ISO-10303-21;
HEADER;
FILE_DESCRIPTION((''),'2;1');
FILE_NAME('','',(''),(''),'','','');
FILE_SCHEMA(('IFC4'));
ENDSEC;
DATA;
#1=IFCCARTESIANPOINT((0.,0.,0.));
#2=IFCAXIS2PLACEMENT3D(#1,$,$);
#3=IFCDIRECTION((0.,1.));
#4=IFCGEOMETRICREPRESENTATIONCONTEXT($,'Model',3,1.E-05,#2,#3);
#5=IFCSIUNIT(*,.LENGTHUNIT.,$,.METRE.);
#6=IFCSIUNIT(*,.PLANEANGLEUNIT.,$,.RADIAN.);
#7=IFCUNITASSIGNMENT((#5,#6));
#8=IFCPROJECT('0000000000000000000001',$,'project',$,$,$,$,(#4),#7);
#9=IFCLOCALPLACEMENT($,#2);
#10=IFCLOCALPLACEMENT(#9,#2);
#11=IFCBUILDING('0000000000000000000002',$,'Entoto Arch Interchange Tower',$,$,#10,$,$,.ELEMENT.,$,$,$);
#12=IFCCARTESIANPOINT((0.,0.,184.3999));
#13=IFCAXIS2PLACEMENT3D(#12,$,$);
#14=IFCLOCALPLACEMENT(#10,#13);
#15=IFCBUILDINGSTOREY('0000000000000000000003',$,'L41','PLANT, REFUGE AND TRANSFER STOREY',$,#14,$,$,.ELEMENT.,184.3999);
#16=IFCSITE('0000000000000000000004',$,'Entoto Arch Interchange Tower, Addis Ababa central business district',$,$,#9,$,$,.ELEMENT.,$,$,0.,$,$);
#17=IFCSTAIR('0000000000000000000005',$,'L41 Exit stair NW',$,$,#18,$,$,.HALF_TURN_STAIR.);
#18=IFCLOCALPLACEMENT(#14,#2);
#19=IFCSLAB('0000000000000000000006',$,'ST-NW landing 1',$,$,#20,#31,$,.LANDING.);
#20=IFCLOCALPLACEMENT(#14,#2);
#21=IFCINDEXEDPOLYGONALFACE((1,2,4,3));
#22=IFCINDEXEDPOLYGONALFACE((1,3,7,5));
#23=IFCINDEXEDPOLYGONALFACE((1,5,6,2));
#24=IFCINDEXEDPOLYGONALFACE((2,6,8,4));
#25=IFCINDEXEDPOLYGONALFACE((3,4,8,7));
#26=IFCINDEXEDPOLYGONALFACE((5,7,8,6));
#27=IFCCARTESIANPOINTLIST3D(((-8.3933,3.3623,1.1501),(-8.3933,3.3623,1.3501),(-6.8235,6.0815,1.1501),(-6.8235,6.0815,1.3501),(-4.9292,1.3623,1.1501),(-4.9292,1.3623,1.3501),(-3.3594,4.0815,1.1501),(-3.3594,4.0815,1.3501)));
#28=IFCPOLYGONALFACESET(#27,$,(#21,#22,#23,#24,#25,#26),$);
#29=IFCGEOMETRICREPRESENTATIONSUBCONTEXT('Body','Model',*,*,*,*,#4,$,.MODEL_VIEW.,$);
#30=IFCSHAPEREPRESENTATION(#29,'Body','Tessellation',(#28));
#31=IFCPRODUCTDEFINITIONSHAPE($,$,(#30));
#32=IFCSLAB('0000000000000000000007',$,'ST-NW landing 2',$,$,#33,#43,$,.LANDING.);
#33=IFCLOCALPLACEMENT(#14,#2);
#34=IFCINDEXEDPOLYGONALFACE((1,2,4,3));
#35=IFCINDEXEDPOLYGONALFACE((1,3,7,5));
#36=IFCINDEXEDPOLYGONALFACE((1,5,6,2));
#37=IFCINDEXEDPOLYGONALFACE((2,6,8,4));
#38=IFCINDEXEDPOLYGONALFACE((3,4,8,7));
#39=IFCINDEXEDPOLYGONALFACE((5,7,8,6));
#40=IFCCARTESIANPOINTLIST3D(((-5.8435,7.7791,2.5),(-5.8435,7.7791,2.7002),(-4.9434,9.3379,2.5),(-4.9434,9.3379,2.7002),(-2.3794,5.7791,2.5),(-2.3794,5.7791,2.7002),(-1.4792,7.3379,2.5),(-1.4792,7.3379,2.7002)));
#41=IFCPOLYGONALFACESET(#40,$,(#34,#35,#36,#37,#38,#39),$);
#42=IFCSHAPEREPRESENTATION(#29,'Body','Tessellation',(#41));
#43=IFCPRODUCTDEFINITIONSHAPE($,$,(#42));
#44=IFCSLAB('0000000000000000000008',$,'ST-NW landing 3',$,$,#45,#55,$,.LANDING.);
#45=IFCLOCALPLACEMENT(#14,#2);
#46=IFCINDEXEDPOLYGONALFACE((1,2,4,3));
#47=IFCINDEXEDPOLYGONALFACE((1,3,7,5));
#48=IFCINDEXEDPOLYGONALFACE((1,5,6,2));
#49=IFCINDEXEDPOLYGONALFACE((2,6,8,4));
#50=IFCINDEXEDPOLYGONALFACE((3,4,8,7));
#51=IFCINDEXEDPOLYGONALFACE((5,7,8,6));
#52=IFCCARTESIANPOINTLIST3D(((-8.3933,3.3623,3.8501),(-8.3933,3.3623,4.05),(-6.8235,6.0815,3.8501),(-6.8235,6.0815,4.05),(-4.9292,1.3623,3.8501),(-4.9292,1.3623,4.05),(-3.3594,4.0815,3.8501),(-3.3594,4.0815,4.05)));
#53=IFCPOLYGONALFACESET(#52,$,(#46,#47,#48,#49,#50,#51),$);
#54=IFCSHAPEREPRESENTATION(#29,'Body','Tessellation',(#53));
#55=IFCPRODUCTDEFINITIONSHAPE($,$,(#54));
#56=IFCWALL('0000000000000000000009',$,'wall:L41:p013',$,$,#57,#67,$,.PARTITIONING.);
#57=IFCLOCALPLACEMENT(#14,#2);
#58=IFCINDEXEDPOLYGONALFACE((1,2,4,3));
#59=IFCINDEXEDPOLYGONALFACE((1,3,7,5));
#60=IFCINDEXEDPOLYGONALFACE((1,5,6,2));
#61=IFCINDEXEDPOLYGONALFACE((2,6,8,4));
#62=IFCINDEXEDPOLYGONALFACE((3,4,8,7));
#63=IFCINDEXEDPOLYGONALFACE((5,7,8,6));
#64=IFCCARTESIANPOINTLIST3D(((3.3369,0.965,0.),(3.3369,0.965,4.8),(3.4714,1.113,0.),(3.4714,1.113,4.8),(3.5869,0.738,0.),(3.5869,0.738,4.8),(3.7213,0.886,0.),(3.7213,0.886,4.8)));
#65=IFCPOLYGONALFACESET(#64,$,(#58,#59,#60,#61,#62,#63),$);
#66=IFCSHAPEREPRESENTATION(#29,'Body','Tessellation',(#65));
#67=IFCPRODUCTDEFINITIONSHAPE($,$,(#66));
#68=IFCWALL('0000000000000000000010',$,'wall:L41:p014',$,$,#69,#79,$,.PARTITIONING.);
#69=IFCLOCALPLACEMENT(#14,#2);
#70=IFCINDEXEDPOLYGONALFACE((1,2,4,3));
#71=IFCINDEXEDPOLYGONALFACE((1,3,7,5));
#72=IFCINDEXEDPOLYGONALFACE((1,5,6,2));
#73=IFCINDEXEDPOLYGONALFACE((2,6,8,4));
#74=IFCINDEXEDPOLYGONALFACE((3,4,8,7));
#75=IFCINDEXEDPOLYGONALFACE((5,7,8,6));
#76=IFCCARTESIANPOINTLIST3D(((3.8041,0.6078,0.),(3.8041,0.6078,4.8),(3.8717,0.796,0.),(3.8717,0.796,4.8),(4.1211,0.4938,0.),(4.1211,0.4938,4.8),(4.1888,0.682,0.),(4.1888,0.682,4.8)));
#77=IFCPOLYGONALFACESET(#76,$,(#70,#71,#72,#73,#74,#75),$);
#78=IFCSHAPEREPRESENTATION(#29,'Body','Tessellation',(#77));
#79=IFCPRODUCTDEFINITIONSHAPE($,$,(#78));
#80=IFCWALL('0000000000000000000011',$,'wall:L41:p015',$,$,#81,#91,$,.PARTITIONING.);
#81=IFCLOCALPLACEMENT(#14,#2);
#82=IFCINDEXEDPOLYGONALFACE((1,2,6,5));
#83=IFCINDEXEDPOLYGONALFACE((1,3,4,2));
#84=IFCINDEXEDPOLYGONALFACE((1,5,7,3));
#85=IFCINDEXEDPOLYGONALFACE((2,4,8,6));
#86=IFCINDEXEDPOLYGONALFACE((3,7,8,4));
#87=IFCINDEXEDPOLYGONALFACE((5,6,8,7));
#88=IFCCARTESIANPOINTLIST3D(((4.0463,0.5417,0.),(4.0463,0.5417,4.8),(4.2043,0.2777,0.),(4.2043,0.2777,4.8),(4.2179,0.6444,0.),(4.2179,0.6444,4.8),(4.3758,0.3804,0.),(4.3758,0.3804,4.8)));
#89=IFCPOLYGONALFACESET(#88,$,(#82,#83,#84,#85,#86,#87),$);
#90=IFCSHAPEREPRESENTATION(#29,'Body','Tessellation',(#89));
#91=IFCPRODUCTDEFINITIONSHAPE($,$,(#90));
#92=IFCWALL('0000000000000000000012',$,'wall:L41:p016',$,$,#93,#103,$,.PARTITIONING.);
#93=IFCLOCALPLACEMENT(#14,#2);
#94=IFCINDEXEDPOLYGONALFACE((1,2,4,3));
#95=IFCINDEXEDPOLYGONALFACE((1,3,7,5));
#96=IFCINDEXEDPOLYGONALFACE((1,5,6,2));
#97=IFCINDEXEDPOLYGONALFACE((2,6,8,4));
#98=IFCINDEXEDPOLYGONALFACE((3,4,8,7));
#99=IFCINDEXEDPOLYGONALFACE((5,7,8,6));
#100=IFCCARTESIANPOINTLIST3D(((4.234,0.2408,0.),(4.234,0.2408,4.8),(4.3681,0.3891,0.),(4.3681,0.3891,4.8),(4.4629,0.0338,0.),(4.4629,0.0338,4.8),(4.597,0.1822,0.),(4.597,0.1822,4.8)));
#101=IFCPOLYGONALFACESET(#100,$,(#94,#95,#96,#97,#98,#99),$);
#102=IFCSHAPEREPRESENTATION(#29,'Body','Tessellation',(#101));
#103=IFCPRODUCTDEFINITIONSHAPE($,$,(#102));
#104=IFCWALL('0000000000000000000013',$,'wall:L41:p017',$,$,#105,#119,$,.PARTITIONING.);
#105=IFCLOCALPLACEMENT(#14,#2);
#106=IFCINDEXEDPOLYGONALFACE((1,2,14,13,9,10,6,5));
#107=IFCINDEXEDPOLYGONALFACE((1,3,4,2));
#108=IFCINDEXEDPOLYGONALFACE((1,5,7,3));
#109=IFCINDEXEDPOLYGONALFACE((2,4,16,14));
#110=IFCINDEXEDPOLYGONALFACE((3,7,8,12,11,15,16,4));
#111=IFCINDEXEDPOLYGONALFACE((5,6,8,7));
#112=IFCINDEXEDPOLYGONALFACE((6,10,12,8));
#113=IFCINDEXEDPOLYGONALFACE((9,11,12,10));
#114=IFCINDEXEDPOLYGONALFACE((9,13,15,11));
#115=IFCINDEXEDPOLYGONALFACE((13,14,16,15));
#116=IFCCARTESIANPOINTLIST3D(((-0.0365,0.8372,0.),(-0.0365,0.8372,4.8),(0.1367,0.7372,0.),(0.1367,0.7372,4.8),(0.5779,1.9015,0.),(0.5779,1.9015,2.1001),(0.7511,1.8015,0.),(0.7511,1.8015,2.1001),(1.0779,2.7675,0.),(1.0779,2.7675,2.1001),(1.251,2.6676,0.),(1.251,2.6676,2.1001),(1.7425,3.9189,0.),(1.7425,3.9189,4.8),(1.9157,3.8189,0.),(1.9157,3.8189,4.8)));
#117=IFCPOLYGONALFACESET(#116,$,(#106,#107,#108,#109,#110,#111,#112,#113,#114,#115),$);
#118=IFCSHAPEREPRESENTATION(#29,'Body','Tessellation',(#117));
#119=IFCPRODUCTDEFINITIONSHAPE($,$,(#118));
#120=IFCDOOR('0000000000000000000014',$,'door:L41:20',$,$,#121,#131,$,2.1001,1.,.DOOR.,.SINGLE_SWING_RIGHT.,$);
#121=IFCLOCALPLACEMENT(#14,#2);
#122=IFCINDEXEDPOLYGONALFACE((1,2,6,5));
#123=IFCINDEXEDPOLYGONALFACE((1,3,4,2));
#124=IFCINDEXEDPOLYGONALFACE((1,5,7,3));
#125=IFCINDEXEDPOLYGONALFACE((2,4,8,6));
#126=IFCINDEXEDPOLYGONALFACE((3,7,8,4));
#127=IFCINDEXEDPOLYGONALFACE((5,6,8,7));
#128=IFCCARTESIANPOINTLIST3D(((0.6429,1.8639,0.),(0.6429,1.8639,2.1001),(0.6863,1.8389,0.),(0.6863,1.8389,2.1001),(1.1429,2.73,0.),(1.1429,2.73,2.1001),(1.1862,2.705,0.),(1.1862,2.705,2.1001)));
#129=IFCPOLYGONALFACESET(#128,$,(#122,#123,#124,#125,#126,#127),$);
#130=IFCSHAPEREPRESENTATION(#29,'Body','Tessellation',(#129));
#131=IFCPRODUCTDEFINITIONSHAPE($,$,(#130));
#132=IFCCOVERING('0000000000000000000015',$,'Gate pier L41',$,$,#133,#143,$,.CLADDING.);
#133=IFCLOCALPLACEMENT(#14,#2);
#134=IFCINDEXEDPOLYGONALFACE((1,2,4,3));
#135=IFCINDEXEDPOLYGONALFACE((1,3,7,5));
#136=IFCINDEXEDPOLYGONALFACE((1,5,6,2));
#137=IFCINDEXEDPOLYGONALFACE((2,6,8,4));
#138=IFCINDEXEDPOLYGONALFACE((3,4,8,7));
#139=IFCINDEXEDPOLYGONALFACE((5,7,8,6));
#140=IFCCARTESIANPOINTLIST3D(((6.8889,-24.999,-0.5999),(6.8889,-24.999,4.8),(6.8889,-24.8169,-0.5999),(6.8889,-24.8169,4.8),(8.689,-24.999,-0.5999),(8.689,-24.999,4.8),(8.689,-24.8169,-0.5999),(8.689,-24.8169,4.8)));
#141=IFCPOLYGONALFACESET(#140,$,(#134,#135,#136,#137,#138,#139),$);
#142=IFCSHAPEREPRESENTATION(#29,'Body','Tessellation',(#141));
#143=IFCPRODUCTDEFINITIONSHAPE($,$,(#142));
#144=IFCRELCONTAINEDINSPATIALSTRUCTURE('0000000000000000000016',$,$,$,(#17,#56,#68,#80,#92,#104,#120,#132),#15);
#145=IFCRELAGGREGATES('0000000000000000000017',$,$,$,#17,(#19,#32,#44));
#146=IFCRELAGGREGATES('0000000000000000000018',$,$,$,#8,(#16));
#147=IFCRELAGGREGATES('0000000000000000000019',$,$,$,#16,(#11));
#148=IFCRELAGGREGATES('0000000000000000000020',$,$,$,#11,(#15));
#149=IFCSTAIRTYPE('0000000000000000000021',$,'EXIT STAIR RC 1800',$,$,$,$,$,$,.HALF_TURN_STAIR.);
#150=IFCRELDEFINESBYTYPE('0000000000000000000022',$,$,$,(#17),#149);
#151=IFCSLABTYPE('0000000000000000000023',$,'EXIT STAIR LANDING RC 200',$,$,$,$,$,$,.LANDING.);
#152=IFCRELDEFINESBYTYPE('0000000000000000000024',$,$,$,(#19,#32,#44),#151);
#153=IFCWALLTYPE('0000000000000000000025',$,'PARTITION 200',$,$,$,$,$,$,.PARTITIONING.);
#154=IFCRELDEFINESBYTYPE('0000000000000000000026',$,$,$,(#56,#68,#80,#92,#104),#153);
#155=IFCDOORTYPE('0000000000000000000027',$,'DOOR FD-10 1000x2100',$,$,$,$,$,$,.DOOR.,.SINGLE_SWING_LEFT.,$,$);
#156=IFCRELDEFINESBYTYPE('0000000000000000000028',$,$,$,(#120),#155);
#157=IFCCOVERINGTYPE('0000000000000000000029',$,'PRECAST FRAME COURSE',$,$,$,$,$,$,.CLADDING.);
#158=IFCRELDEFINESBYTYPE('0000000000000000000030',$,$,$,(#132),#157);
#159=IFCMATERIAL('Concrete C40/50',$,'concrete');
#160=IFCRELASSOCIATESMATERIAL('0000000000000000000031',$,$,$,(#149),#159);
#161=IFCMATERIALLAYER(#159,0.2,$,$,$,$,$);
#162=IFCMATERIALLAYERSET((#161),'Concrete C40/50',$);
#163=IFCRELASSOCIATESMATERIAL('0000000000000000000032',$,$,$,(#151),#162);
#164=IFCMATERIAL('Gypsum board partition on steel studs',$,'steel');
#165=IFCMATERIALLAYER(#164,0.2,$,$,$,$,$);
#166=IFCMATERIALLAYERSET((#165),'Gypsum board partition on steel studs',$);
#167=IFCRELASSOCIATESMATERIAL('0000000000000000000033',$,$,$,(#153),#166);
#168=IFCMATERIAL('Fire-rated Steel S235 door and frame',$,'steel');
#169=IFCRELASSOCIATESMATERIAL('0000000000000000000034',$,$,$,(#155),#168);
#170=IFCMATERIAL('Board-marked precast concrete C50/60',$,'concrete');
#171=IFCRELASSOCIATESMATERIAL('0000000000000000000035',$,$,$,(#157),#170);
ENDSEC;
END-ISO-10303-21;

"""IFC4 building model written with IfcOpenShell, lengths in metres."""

from ifc_helpers import new_model, si_unit, direction, frame, frame_2d, origin, place, context, subcontext, project, spatial, polyline, rectangle, outline, extrude, material, layer, layer_set, type_object, element, fill, aggregate, save


model = new_model("IFC4")

# Units and contexts
model_context = context("Model", 3, precision=1e-05, world=origin(), true_north=direction((0.0, 1.0)))
body_context = subcontext(model_context, "Body", "Model", "MODEL_VIEW")
ifc_project = project(units=[si_unit("LENGTHUNIT", "METRE"), si_unit("PLANEANGLEUNIT", "RADIAN")], contexts=[model_context])

# Site, building, storey
site_placement = place(None, origin())
site = spatial("IfcSite", under=ifc_project, at=site_placement, Name="Entoto Arch Interchange Tower, Addis Ababa central business district", CompositionType="ELEMENT", RefElevation=0.0)
building_placement = place(site_placement, origin())
building = spatial("IfcBuilding", under=site, at=building_placement, Name="Entoto Arch Interchange Tower", CompositionType="ELEMENT")
storey_placement = place(building_placement, frame((0.0, 0.0, 184.3999)))
storey = spatial("IfcBuildingStorey", under=building, at=storey_placement, Name="L41", Description="PLANT, REFUGE AND TRANSFER STOREY", CompositionType="ELEMENT", Elevation=184.3999)

# Shared definitions
ifc_material_1 = material(Name="Concrete C40/50", Category="concrete")

# Stair, slabs
stair_type = type_object("IfcStairType", Name="EXIT STAIR RC 1800", PredefinedType="HALF_TURN_STAIR", material=ifc_material_1)
ifc_layer_1 = layer(ifc_material_1, 0.2)
ifc_layer_set_1 = layer_set([ifc_layer_1], Name="Concrete C40/50")
slab_type_1 = type_object("IfcSlabType", Name="EXIT STAIR LANDING RC 200", PredefinedType="LANDING", material=ifc_layer_set_1)
stair_1_placement = place(storey_placement, origin())
stair_1 = element("IfcStair", 1, at=stair_1_placement, inside=storey, type_object=stair_type, Name="L41 Exit stair NW", PredefinedType="HALF_TURN_STAIR")
slab_1_placement = place(storey_placement, frame((0.0, 0.0, 1.1501)))
slab_1 = element("IfcSlab", 2, at=slab_1_placement, type_object=slab_type_1, Name="ST-NW landing 1", PredefinedType="LANDING", context=body_context, shape_type="SweptSolid", body=[
    extrude(outline(polyline([(-6.8235, 6.0815), (-8.3933, 3.3623), (-4.9292, 1.3623), (-3.3594, 4.0815), (-6.8235, 6.0815)])), origin(), (0.0, 0.0, 1.0), 0.2),
])
slab_2_placement = place(storey_placement, frame((0.0, 0.0, 2.5)))
slab_2 = element("IfcSlab", 3, at=slab_2_placement, type_object=slab_type_1, Name="ST-NW landing 2", PredefinedType="LANDING", context=body_context, shape_type="SweptSolid", body=[
    extrude(outline(polyline([(-4.9434, 9.3379), (-5.8435, 7.7791), (-2.3794, 5.7791), (-1.4792, 7.3379), (-4.9434, 9.3379)])), origin(), (0.0, 0.0, 1.0), 0.2002),
])
slab_3_placement = place(storey_placement, frame((0.0, 0.0, 3.8501)))
slab_3 = element("IfcSlab", 4, at=slab_3_placement, type_object=slab_type_1, Name="ST-NW landing 3", PredefinedType="LANDING", context=body_context, shape_type="SweptSolid", body=[
    extrude(outline(polyline([(-6.8235, 6.0815), (-8.3933, 3.3623), (-4.9292, 1.3623), (-3.3594, 4.0815), (-6.8235, 6.0815)])), origin(), (0.0, 0.0, 1.0), 0.2),
])
aggregate(stair_1, [slab_1, slab_2, slab_3])

# Walls
ifc_material_2 = material(Name="Gypsum board partition on steel studs", Category="steel")
ifc_layer_2 = layer(ifc_material_2, 0.2)
ifc_layer_set_2 = layer_set([ifc_layer_2], Name="Gypsum board partition on steel studs")
wall_type = type_object("IfcWallType", Name="PARTITION 200", PredefinedType="PARTITIONING", material=ifc_layer_set_2)
wall_1_placement = place(storey_placement, frame((3.4041, 1.0391, 0.0), z_axis=(0.0, 0.0, 1.0), x_axis=(0.740267, -0.672313, 0.0)))
element("IfcWall", 5, at=wall_1_placement, inside=storey, type_object=wall_type, Name="wall:L41:p013", PredefinedType="PARTITIONING", context=body_context, shape_type="SweptSolid", body=[
    extrude(rectangle(XDim=0.3376, YDim=0.2, at=frame_2d((0.1689, 0.0))), origin(), (0.0, 0.0, 1.0), 4.8),
])
wall_2_placement = place(storey_placement, frame((3.8379, 0.7019, 0.0), z_axis=(0.0, 0.0, 1.0), x_axis=(0.941035, -0.338309, 0.0)))
element("IfcWall", 6, at=wall_2_placement, inside=storey, type_object=wall_type, Name="wall:L41:p014", PredefinedType="PARTITIONING", context=body_context, shape_type="SweptSolid", body=[
    extrude(rectangle(XDim=0.3369, YDim=0.2, at=frame_2d((0.1685, 0.0))), origin(), (0.0, 0.0, 1.0), 4.8),
])
wall_3_placement = place(storey_placement, frame((4.1321, 0.593, 0.0), z_axis=(0.0, 0.0, 1.0), x_axis=(0.513562, -0.858053, 0.0)))
element("IfcWall", 7, at=wall_3_placement, inside=storey, type_object=wall_type, Name="wall:L41:p015", PredefinedType="PARTITIONING", context=body_context, shape_type="SweptSolid", body=[
    extrude(rectangle(XDim=0.3076, YDim=0.2, at=frame_2d((0.1538, 0.0))), origin(), (0.0, 0.0, 1.0), 4.8),
])
wall_4_placement = place(storey_placement, frame((4.301, 0.3149, 0.0), z_axis=(0.0, 0.0, 1.0), x_axis=(0.741798, -0.670623, 0.0)))
element("IfcWall", 8, at=wall_4_placement, inside=storey, type_object=wall_type, Name="wall:L41:p016", PredefinedType="PARTITIONING", context=body_context, shape_type="SweptSolid", body=[
    extrude(rectangle(XDim=0.3086, YDim=0.2, at=frame_2d((0.1543, 0.0))), origin(), (0.0, 0.0, 1.0), 4.8),
])

# Wall, opening, door
wall_5_placement = place(storey_placement, frame((0.05, 0.7871, 0.0), z_axis=(0.0, 0.0, 1.0), x_axis=(0.499954, 0.866052, 0.0)))
wall_5 = element("IfcWall", 9, at=wall_5_placement, inside=storey, type_object=wall_type, Name="wall:L41:p017", PredefinedType="PARTITIONING", context=body_context, shape_type="SweptSolid", body=[
    extrude(rectangle(XDim=3.5583, YDim=0.2, at=frame_2d((1.7793, 0.0))), origin(), (0.0, 0.0, 1.0), 4.8),
])
opening_placement = place(wall_5_placement, frame((1.229, 0.0, 0.0)))
opening = element("IfcOpeningElement", 10, at=opening_placement, cuts=wall_5, PredefinedType="OPENING", context=body_context, shape_type="SweptSolid", body=[
    extrude(rectangle(XDim=1.0, YDim=2.1001, at=frame_2d((0.5, 1.05))), frame((0.0, 0.1099, 0.0), z_axis=(0.0, -1.0, 0.0), x_axis=(1.0, 0.0, 0.0)), (0.0, 0.0, 1.0), 0.22),
])
ifc_material_3 = material(Name="Fire-rated Steel S235 door and frame", Category="steel")
door_type = type_object("IfcDoorType", Name="DOOR FD-10 1000x2100", OperationType="SINGLE_SWING_LEFT", PredefinedType="DOOR", material=ifc_material_3)
door_placement = place(opening_placement, origin())
door = element("IfcDoor", 11, at=door_placement, inside=storey, type_object=door_type, Name="door:L41:20", OperationType="SINGLE_SWING_RIGHT", OverallHeight=2.1001, OverallWidth=1.0, PredefinedType="DOOR", context=body_context, shape_type="SweptSolid", body=[
    extrude(rectangle(XDim=1.0, YDim=2.1001, at=frame_2d((0.5, 1.05))), frame((0.0, 0.0249, 0.0), z_axis=(0.0, -1.0, 0.0), x_axis=(1.0, 0.0, 0.0)), (0.0, 0.0, 1.0), 0.05),
])
fill(opening, door)

# Covering
ifc_material_4 = material(Name="Board-marked precast concrete C50/60", Category="concrete")
covering_type = type_object("IfcCoveringType", Name="PRECAST FRAME COURSE", PredefinedType="CLADDING", material=ifc_material_4)
covering_1_placement = place(storey_placement, frame((0.0, 0.0, -0.5999)))
element("IfcCovering", 12, at=covering_1_placement, inside=storey, type_object=covering_type, Name="Gate pier L41", PredefinedType="CLADDING", context=body_context, shape_type="SweptSolid", body=[
    extrude(outline(polyline([(6.8889, -24.8169), (8.689, -24.8169), (8.689, -24.999), (6.8889, -24.999), (6.8889, -24.8169)])), origin(), (0.0, 0.0, 1.0), 5.3999),
])

save(model, "model.ifc")
